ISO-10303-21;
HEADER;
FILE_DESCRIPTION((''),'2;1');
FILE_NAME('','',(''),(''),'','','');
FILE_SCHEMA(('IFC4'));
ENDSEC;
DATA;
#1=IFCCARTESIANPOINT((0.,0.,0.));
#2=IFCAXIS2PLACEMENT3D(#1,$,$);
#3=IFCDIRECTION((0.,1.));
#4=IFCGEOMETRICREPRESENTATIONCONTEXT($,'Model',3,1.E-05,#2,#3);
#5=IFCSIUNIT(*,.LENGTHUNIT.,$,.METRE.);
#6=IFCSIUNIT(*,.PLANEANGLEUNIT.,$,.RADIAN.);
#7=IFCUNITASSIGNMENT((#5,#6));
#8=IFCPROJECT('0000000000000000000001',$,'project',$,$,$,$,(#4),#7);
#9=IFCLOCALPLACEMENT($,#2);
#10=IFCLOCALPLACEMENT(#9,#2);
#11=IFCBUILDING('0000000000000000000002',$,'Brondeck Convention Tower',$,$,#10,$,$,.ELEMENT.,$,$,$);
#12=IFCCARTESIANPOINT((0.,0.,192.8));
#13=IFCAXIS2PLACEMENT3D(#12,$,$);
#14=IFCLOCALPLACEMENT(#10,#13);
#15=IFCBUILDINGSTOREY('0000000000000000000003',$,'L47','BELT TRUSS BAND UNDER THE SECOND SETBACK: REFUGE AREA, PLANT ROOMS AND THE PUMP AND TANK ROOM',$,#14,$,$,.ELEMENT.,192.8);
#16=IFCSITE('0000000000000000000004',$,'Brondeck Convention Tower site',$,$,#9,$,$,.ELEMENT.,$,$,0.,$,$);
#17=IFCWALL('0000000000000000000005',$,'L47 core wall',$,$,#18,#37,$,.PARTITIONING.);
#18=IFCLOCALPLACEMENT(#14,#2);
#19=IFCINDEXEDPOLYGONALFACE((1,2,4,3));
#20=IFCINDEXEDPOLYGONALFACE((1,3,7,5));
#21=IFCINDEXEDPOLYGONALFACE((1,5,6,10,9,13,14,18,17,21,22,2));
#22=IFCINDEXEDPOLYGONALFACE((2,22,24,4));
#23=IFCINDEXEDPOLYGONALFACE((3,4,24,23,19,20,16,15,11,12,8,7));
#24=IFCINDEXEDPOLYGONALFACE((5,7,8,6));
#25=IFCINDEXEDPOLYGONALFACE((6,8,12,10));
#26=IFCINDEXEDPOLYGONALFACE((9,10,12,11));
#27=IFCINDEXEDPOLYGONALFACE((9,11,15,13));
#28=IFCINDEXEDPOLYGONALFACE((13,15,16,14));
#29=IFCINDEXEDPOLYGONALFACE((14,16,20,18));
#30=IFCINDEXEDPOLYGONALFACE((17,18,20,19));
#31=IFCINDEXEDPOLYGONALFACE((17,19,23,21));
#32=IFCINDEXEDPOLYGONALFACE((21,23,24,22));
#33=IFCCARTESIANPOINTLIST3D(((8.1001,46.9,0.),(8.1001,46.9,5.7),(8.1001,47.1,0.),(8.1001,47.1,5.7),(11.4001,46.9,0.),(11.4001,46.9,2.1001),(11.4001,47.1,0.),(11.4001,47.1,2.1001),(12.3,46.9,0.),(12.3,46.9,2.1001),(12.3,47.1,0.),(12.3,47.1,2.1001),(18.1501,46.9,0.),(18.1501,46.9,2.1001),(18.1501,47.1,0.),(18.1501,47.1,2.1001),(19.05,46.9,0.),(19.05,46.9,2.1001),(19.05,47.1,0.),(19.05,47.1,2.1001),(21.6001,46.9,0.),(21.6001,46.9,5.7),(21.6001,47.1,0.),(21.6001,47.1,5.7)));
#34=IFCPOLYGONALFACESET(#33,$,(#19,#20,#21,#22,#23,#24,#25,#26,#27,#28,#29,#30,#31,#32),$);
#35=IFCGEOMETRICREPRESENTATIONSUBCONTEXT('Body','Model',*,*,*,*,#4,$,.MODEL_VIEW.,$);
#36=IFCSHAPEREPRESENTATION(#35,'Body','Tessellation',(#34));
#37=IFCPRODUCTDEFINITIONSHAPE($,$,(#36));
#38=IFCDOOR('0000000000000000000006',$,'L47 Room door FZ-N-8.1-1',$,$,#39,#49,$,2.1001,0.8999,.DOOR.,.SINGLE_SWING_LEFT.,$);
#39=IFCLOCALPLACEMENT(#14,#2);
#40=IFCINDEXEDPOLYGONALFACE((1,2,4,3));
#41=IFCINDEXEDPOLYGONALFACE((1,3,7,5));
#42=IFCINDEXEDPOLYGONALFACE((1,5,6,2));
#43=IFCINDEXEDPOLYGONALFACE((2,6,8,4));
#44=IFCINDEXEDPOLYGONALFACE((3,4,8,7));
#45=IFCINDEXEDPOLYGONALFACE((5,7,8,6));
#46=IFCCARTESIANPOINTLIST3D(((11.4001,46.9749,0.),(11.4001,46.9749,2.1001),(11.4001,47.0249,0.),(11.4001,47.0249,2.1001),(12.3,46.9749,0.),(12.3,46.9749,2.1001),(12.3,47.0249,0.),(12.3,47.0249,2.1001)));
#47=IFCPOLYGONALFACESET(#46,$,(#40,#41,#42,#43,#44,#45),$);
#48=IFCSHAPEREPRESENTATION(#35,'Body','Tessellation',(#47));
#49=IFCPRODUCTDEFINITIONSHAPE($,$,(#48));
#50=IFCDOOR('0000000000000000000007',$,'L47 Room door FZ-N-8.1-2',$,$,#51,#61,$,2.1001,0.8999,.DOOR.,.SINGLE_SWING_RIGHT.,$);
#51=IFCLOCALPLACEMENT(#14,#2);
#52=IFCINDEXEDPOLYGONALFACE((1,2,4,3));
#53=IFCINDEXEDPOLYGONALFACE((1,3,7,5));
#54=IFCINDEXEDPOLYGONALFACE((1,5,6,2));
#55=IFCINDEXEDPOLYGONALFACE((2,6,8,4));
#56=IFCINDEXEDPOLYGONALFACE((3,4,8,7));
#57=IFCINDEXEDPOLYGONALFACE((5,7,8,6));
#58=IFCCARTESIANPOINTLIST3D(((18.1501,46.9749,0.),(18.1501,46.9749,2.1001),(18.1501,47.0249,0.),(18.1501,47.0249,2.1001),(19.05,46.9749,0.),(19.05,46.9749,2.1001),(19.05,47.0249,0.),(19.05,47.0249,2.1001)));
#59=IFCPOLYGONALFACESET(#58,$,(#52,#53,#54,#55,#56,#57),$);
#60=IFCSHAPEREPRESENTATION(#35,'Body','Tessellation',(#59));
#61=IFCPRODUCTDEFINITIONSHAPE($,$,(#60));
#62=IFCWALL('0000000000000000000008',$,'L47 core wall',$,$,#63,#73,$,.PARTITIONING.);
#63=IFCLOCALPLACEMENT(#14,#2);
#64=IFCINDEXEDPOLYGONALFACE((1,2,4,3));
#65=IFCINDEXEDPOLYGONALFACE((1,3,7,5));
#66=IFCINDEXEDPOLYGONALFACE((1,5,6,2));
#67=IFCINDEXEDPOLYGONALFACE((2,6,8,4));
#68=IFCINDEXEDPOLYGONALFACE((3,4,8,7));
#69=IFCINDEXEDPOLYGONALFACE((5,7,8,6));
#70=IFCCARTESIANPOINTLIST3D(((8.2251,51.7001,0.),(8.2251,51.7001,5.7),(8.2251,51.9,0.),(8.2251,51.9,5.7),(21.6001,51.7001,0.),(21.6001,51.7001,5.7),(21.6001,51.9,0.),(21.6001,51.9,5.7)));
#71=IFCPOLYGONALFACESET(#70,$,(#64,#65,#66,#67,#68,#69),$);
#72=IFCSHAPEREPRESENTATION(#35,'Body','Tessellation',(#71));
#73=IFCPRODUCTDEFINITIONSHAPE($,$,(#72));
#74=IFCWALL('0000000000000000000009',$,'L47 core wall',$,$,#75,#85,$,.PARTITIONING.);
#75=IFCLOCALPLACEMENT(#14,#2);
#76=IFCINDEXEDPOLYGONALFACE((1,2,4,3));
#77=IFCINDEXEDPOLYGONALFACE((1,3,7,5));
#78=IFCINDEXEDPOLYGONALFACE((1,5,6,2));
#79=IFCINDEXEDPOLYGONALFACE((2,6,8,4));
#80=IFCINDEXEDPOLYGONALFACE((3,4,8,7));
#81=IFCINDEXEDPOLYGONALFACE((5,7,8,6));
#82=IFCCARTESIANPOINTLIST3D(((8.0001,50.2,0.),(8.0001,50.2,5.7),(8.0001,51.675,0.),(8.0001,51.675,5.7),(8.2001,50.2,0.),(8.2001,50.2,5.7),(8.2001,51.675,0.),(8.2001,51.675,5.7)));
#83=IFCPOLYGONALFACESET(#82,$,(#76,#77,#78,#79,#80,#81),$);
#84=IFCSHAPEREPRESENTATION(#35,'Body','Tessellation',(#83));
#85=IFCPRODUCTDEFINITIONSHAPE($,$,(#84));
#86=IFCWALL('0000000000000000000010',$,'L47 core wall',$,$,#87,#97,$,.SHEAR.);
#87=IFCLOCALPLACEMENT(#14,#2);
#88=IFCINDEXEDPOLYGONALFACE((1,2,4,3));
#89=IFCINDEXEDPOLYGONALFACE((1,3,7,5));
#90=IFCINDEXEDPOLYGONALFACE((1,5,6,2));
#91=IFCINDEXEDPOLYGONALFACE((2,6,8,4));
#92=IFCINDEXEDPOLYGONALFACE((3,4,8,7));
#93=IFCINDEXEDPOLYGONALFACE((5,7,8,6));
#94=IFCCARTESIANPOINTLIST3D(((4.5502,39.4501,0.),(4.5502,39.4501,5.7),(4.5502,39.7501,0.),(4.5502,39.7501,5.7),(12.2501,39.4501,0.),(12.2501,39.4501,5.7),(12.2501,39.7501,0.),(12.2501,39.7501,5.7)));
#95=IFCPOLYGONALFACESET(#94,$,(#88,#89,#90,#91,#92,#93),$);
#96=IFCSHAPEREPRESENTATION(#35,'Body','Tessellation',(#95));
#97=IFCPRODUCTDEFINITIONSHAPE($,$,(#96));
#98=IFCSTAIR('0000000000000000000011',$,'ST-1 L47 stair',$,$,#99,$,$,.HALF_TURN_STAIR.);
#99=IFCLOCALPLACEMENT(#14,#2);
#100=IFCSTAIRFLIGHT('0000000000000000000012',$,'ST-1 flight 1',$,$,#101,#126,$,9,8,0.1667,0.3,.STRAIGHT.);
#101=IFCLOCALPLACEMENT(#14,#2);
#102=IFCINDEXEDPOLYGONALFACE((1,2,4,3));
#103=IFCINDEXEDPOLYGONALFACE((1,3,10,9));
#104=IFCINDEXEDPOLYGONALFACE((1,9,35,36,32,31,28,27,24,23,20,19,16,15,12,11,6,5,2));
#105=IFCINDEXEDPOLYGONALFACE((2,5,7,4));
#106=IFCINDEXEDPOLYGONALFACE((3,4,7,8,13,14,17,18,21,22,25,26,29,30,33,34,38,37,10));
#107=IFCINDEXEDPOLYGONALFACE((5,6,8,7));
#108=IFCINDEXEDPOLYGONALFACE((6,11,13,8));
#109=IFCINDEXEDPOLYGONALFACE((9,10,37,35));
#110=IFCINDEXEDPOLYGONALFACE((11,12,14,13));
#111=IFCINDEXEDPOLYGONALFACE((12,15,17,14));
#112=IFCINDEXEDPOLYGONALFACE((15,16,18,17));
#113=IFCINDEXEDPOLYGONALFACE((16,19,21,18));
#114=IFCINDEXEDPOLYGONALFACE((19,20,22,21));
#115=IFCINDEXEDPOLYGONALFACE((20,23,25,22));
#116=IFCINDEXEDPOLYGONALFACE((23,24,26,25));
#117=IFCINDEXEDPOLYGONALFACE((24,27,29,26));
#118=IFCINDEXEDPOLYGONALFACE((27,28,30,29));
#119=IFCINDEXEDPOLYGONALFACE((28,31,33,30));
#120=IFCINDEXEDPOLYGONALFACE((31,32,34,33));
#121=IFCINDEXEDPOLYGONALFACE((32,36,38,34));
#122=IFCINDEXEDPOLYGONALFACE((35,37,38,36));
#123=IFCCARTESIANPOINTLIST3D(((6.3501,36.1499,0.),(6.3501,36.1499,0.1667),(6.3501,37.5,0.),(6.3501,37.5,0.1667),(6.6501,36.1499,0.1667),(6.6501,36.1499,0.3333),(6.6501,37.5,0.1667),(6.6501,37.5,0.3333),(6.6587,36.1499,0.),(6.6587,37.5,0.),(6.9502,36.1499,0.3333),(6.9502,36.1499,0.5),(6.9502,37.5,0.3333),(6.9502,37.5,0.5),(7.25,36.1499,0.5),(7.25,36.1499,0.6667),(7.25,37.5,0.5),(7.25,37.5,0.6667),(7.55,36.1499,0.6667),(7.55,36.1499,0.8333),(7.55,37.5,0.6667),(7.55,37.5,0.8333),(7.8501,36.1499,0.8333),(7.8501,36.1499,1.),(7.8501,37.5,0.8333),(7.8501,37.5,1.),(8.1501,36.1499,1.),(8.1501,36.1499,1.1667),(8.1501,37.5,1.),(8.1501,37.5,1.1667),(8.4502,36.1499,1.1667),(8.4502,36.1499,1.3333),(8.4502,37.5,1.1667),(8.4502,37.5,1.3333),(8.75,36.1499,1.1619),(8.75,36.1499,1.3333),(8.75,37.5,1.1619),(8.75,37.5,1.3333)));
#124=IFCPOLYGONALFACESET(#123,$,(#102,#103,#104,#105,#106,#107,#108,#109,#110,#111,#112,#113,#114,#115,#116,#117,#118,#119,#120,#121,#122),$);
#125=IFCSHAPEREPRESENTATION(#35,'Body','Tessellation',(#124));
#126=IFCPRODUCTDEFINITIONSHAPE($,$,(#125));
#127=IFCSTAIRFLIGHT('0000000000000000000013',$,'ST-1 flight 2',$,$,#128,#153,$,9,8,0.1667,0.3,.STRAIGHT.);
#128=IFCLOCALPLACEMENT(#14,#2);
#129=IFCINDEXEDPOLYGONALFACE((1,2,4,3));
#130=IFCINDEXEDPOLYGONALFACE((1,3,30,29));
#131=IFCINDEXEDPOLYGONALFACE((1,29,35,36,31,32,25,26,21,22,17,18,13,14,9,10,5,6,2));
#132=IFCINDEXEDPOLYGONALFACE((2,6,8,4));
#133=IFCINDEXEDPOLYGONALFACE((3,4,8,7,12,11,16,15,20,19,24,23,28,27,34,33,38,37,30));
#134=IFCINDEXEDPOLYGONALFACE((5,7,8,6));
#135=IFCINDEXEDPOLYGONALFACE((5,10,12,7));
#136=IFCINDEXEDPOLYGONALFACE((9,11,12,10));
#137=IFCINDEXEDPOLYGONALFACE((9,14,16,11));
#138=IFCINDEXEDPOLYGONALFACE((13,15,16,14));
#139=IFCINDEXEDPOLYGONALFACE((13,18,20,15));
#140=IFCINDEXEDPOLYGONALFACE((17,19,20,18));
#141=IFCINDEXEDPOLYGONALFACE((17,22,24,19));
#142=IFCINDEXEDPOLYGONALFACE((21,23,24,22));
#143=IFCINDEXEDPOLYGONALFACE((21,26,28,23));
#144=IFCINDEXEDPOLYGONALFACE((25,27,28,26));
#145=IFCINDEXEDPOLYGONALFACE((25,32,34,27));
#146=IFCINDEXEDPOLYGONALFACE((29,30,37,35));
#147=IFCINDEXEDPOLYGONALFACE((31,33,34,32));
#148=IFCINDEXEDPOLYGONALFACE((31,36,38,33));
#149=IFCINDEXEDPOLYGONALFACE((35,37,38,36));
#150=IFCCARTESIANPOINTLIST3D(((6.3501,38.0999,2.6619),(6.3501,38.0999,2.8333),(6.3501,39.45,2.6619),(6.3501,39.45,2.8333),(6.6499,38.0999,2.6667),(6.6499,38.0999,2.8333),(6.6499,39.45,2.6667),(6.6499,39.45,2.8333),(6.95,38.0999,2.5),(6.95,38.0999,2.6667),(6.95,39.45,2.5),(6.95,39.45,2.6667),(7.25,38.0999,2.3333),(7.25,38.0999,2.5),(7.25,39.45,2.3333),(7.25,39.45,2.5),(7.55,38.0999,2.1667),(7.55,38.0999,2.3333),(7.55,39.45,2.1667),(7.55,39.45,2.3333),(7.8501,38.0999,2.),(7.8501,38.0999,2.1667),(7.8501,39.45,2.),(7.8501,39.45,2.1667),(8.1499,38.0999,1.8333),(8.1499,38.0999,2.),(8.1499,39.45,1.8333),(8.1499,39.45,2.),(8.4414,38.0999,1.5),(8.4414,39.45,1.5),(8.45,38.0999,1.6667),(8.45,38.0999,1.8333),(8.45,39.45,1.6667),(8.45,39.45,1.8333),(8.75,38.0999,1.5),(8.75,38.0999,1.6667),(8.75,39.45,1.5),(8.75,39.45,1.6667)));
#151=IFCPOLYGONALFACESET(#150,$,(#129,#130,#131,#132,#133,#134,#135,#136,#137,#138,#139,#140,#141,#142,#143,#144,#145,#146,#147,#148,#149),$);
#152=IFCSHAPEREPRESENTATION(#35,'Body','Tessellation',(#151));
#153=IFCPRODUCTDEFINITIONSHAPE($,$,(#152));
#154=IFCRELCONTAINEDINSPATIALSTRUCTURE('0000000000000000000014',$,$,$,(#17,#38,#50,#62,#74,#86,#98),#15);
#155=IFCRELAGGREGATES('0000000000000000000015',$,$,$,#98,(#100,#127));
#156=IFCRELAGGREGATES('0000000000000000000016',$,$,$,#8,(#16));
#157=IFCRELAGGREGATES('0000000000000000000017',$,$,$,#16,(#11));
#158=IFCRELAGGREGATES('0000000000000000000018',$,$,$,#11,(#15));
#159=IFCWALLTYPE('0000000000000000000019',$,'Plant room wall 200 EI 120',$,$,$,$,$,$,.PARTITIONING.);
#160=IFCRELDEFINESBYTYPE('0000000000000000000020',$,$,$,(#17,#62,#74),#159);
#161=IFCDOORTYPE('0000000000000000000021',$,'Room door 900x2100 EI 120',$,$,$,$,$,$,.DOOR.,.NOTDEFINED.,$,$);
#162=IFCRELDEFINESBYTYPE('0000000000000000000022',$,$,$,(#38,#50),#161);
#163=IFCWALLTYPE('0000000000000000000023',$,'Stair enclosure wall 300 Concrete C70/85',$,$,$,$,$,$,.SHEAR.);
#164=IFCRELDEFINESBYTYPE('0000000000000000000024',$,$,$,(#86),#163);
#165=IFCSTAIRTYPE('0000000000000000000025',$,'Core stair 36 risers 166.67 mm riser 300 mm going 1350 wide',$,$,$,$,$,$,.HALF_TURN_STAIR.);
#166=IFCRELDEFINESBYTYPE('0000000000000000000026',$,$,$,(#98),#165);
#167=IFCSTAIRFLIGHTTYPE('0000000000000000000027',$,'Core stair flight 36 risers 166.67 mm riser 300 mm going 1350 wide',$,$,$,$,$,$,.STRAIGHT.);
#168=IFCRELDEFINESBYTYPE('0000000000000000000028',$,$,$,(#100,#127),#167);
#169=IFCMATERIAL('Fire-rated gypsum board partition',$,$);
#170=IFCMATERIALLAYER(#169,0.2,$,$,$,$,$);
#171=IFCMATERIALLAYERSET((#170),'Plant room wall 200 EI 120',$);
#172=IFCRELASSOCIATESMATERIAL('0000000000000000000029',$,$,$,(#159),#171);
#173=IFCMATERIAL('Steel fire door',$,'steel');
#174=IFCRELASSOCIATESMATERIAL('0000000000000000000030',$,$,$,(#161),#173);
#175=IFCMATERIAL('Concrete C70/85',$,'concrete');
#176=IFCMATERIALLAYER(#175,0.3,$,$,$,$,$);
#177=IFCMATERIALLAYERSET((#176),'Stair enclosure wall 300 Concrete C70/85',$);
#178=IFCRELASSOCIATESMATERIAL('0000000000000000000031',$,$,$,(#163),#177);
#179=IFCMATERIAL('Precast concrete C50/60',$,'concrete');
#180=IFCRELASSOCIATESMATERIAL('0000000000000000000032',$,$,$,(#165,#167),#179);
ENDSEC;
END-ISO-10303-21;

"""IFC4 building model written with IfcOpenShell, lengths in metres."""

from ifc_helpers import new_model, si_unit, direction, frame, frame_2d, origin, place, context, subcontext, project, spatial, polyline, rectangle, outline, extrude, material, layer, layer_set, type_object, element, fill, aggregate, save


model = new_model("IFC4")

# Units and contexts
model_context = context("Model", 3, precision=1e-05, world=origin(), true_north=direction((0.0, 1.0)))
body_context = subcontext(model_context, "Body", "Model", "MODEL_VIEW")
ifc_project = project(units=[si_unit("LENGTHUNIT", "METRE"), si_unit("PLANEANGLEUNIT", "RADIAN")], contexts=[model_context])

# Site, building, storey
site_placement = place(None, origin())
site = spatial("IfcSite", under=ifc_project, at=site_placement, Name="Brondeck Convention Tower site", CompositionType="ELEMENT", RefElevation=0.0)
building_placement = place(site_placement, origin())
building = spatial("IfcBuilding", under=site, at=building_placement, Name="Brondeck Convention Tower", CompositionType="ELEMENT")
storey_placement = place(building_placement, frame((0.0, 0.0, 192.8)))
storey = spatial("IfcBuildingStorey", under=building, at=storey_placement, Name="L47", Description="BELT TRUSS BAND UNDER THE SECOND SETBACK: REFUGE AREA, PLANT ROOMS AND THE PUMP AND TANK ROOM", CompositionType="ELEMENT", Elevation=192.8)

# Shared definitions
ifc_material_1 = material(Name="Concrete C70/85", Category="concrete")
ifc_material_2 = material(Name="Fire-rated gypsum board partition")
ifc_layer_1 = layer(ifc_material_2, 0.2)
ifc_layer_set_1 = layer_set([ifc_layer_1], Name="Plant room wall 200 EI 120")
wall_type_1 = type_object("IfcWallType", Name="Plant room wall 200 EI 120", PredefinedType="PARTITIONING", material=ifc_layer_set_1)

# Wall, openings, doors
ifc_material_3 = material(Name="Steel fire door", Category="steel")
door_type = type_object("IfcDoorType", Name="Room door 900x2100 EI 120", OperationType="NOTDEFINED", PredefinedType="DOOR", material=ifc_material_3)
wall_1_placement = place(storey_placement, frame((8.1001, 47.0, 0.0), z_axis=(0.0, 0.0, 1.0), x_axis=(1.0, 0.0, 0.0)))
wall_1 = element("IfcWall", 1, at=wall_1_placement, inside=storey, type_object=wall_type_1, Name="L47 core wall", PredefinedType="PARTITIONING", context=body_context, shape_type="SweptSolid", body=[
    extrude(rectangle(XDim=13.5, YDim=0.2, at=frame_2d((6.75, 0.0))), origin(), (0.0, 0.0, 1.0), 5.7),
])
opening_1_placement = place(wall_1_placement, frame((3.3, 0.0, 0.0)))
opening_1 = element("IfcOpeningElement", 2, at=opening_1_placement, cuts=wall_1, PredefinedType="OPENING", context=body_context, shape_type="SweptSolid", body=[
    extrude(rectangle(XDim=0.8999, YDim=2.1001, at=frame_2d((0.45, 1.05))), frame((0.0, 0.1099, 0.0), z_axis=(0.0, -1.0, 0.0), x_axis=(1.0, 0.0, 0.0)), (0.0, 0.0, 1.0), 0.22),
])
opening_2_placement = place(wall_1_placement, frame((10.05, 0.0, 0.0)))
opening_2 = element("IfcOpeningElement", 3, at=opening_2_placement, cuts=wall_1, PredefinedType="OPENING", context=body_context, shape_type="SweptSolid", body=[
    extrude(rectangle(XDim=0.8999, YDim=2.1001, at=frame_2d((0.45, 1.05))), frame((0.0, 0.1099, 0.0), z_axis=(0.0, -1.0, 0.0), x_axis=(1.0, 0.0, 0.0)), (0.0, 0.0, 1.0), 0.22),
])
door_1_placement = place(opening_1_placement, origin())
door_1 = element("IfcDoor", 4, at=door_1_placement, inside=storey, type_object=door_type, Name="L47 Room door FZ-N-8.1-1", OperationType="SINGLE_SWING_LEFT", OverallHeight=2.1001, OverallWidth=0.8999, PredefinedType="DOOR", context=body_context, shape_type="SweptSolid", body=[
    extrude(rectangle(XDim=0.8999, YDim=2.1001, at=frame_2d((0.45, 1.05))), frame((0.0, 0.0249, 0.0), z_axis=(0.0, -1.0, 0.0), x_axis=(1.0, 0.0, 0.0)), (0.0, 0.0, 1.0), 0.05),
])
fill(opening_1, door_1)
door_2_placement = place(opening_2_placement, origin())
door_2 = element("IfcDoor", 5, at=door_2_placement, inside=storey, type_object=door_type, Name="L47 Room door FZ-N-8.1-2", OperationType="SINGLE_SWING_RIGHT", OverallHeight=2.1001, OverallWidth=0.8999, PredefinedType="DOOR", context=body_context, shape_type="SweptSolid", body=[
    extrude(rectangle(XDim=0.8999, YDim=2.1001, at=frame_2d((0.45, 1.05))), frame((0.0, 0.0249, 0.0), z_axis=(0.0, -1.0, 0.0), x_axis=(1.0, 0.0, 0.0)), (0.0, 0.0, 1.0), 0.05),
])
fill(opening_2, door_2)

# Walls
wall_2_placement = place(storey_placement, frame((8.2251, 51.8, 0.0), z_axis=(0.0, 0.0, 1.0), x_axis=(1.0, 0.0, 0.0)))
element("IfcWall", 6, at=wall_2_placement, inside=storey, type_object=wall_type_1, Name="L47 core wall", PredefinedType="PARTITIONING", context=body_context, shape_type="SweptSolid", body=[
    extrude(rectangle(XDim=13.375, YDim=0.2, at=frame_2d((6.6875, 0.0))), origin(), (0.0, 0.0, 1.0), 5.7),
])
wall_3_placement = place(storey_placement, frame((8.1001, 50.2, 0.0), z_axis=(0.0, 0.0, 1.0), x_axis=(0.0, 1.0, 0.0)))
element("IfcWall", 7, at=wall_3_placement, inside=storey, type_object=wall_type_1, Name="L47 core wall", PredefinedType="PARTITIONING", context=body_context, shape_type="SweptSolid", body=[
    extrude(rectangle(XDim=1.4751, YDim=0.2, at=frame_2d((0.7375, 0.0))), origin(), (0.0, 0.0, 1.0), 5.7),
])
ifc_layer_2 = layer(ifc_material_1, 0.3)
ifc_layer_set_2 = layer_set([ifc_layer_2], Name="Stair enclosure wall 300 Concrete C70/85")
wall_type_2 = type_object("IfcWallType", Name="Stair enclosure wall 300 Concrete C70/85", PredefinedType="SHEAR", material=ifc_layer_set_2)
wall_4_placement = place(storey_placement, frame((4.55, 39.6001, 0.0), z_axis=(0.0, 0.0, 1.0), x_axis=(1.0, 0.0, 0.0)))
element("IfcWall", 8, at=wall_4_placement, inside=storey, type_object=wall_type_2, Name="L47 core wall", PredefinedType="SHEAR", context=body_context, shape_type="SweptSolid", body=[
    extrude(rectangle(XDim=7.7, YDim=0.3, at=frame_2d((3.8501, 0.0))), origin(), (0.0, 0.0, 1.0), 5.7),
])

# Stair, stair flights
ifc_material_4 = material(Name="Precast concrete C50/60", Category="concrete")
stair_type = type_object("IfcStairType", Name="Core stair 36 risers 166.67 mm riser 300 mm going 1350 wide", PredefinedType="HALF_TURN_STAIR", material=ifc_material_4)
stair_placement = place(storey_placement, origin())
stair = element("IfcStair", 9, at=stair_placement, inside=storey, type_object=stair_type, Name="ST-1 L47 stair", PredefinedType="HALF_TURN_STAIR")
stair_flight_type = type_object("IfcStairFlightType", Name="Core stair flight 36 risers 166.67 mm riser 300 mm going 1350 wide", PredefinedType="STRAIGHT", material=ifc_material_4)
stair_flight_1_placement = place(storey_placement, frame((6.3501, 36.825, 0.0), z_axis=(0.0, 0.0, 1.0), x_axis=(1.0, 0.0, 0.0)))
stair_flight_1 = element("IfcStairFlight", 10, at=stair_flight_1_placement, type_object=stair_flight_type, Name="ST-1 flight 1", NumberOfRisers=9, NumberOfTreads=8, PredefinedType="STRAIGHT", RiserHeight=0.1667, TreadLength=0.3, context=body_context, shape_type="SweptSolid", body=[
    extrude(outline(polyline([(0.0, 0.0), (0.0, 0.1667), (0.3, 0.1667), (0.3, 0.3333), (0.6001, 0.3333), (0.6001, 0.5), (0.8999, 0.5), (0.8999, 0.6667), (1.2, 0.6667), (1.2, 0.8333), (1.5, 0.8333), (1.5, 1.0), (1.8, 1.0), (1.8, 1.1667), (2.1001, 1.1667), (2.1001, 1.3333), (2.3999, 1.3333), (2.3999, 1.5), (2.3999, 1.1619), (0.3086, 0.0), (0.0, 0.0)])), frame((0.0, 0.675, 0.0), z_axis=(0.0, -1.0, 0.0), x_axis=(1.0, 0.0, 0.0)), (0.0, 0.0, 1.0), 1.3501),
])
stair_flight_2_placement = place(storey_placement, frame((8.75, 38.7749, 1.5), z_axis=(0.0, 0.0, 1.0), x_axis=(-1.0, 0.0, 0.0)))
stair_flight_2 = element("IfcStairFlight", 11, at=stair_flight_2_placement, type_object=stair_flight_type, Name="ST-1 flight 2", NumberOfRisers=9, NumberOfTreads=8, PredefinedType="STRAIGHT", RiserHeight=0.1667, TreadLength=0.3, context=body_context, shape_type="SweptSolid", body=[
    extrude(outline(polyline([(0.0, 0.0), (0.0, 0.1667), (0.3, 0.1667), (0.3, 0.3333), (0.6001, 0.3333), (0.6001, 0.5), (0.8999, 0.5), (0.8999, 0.6667), (1.2, 0.6667), (1.2, 0.8333), (1.5, 0.8333), (1.5, 1.0), (1.8, 1.0), (1.8, 1.1667), (2.1001, 1.1667), (2.1001, 1.3333), (2.3999, 1.3333), (2.3999, 1.5), (2.3999, 1.1619), (0.3086, 0.0), (0.0, 0.0)])), frame((0.0, 0.675, 0.0), z_axis=(0.0, -1.0, 0.0), x_axis=(1.0, 0.0, 0.0)), (0.0, 0.0, 1.0), 1.3501),
])
aggregate(stair, [stair_flight_1, stair_flight_2])

save(model, "model.ifc")
